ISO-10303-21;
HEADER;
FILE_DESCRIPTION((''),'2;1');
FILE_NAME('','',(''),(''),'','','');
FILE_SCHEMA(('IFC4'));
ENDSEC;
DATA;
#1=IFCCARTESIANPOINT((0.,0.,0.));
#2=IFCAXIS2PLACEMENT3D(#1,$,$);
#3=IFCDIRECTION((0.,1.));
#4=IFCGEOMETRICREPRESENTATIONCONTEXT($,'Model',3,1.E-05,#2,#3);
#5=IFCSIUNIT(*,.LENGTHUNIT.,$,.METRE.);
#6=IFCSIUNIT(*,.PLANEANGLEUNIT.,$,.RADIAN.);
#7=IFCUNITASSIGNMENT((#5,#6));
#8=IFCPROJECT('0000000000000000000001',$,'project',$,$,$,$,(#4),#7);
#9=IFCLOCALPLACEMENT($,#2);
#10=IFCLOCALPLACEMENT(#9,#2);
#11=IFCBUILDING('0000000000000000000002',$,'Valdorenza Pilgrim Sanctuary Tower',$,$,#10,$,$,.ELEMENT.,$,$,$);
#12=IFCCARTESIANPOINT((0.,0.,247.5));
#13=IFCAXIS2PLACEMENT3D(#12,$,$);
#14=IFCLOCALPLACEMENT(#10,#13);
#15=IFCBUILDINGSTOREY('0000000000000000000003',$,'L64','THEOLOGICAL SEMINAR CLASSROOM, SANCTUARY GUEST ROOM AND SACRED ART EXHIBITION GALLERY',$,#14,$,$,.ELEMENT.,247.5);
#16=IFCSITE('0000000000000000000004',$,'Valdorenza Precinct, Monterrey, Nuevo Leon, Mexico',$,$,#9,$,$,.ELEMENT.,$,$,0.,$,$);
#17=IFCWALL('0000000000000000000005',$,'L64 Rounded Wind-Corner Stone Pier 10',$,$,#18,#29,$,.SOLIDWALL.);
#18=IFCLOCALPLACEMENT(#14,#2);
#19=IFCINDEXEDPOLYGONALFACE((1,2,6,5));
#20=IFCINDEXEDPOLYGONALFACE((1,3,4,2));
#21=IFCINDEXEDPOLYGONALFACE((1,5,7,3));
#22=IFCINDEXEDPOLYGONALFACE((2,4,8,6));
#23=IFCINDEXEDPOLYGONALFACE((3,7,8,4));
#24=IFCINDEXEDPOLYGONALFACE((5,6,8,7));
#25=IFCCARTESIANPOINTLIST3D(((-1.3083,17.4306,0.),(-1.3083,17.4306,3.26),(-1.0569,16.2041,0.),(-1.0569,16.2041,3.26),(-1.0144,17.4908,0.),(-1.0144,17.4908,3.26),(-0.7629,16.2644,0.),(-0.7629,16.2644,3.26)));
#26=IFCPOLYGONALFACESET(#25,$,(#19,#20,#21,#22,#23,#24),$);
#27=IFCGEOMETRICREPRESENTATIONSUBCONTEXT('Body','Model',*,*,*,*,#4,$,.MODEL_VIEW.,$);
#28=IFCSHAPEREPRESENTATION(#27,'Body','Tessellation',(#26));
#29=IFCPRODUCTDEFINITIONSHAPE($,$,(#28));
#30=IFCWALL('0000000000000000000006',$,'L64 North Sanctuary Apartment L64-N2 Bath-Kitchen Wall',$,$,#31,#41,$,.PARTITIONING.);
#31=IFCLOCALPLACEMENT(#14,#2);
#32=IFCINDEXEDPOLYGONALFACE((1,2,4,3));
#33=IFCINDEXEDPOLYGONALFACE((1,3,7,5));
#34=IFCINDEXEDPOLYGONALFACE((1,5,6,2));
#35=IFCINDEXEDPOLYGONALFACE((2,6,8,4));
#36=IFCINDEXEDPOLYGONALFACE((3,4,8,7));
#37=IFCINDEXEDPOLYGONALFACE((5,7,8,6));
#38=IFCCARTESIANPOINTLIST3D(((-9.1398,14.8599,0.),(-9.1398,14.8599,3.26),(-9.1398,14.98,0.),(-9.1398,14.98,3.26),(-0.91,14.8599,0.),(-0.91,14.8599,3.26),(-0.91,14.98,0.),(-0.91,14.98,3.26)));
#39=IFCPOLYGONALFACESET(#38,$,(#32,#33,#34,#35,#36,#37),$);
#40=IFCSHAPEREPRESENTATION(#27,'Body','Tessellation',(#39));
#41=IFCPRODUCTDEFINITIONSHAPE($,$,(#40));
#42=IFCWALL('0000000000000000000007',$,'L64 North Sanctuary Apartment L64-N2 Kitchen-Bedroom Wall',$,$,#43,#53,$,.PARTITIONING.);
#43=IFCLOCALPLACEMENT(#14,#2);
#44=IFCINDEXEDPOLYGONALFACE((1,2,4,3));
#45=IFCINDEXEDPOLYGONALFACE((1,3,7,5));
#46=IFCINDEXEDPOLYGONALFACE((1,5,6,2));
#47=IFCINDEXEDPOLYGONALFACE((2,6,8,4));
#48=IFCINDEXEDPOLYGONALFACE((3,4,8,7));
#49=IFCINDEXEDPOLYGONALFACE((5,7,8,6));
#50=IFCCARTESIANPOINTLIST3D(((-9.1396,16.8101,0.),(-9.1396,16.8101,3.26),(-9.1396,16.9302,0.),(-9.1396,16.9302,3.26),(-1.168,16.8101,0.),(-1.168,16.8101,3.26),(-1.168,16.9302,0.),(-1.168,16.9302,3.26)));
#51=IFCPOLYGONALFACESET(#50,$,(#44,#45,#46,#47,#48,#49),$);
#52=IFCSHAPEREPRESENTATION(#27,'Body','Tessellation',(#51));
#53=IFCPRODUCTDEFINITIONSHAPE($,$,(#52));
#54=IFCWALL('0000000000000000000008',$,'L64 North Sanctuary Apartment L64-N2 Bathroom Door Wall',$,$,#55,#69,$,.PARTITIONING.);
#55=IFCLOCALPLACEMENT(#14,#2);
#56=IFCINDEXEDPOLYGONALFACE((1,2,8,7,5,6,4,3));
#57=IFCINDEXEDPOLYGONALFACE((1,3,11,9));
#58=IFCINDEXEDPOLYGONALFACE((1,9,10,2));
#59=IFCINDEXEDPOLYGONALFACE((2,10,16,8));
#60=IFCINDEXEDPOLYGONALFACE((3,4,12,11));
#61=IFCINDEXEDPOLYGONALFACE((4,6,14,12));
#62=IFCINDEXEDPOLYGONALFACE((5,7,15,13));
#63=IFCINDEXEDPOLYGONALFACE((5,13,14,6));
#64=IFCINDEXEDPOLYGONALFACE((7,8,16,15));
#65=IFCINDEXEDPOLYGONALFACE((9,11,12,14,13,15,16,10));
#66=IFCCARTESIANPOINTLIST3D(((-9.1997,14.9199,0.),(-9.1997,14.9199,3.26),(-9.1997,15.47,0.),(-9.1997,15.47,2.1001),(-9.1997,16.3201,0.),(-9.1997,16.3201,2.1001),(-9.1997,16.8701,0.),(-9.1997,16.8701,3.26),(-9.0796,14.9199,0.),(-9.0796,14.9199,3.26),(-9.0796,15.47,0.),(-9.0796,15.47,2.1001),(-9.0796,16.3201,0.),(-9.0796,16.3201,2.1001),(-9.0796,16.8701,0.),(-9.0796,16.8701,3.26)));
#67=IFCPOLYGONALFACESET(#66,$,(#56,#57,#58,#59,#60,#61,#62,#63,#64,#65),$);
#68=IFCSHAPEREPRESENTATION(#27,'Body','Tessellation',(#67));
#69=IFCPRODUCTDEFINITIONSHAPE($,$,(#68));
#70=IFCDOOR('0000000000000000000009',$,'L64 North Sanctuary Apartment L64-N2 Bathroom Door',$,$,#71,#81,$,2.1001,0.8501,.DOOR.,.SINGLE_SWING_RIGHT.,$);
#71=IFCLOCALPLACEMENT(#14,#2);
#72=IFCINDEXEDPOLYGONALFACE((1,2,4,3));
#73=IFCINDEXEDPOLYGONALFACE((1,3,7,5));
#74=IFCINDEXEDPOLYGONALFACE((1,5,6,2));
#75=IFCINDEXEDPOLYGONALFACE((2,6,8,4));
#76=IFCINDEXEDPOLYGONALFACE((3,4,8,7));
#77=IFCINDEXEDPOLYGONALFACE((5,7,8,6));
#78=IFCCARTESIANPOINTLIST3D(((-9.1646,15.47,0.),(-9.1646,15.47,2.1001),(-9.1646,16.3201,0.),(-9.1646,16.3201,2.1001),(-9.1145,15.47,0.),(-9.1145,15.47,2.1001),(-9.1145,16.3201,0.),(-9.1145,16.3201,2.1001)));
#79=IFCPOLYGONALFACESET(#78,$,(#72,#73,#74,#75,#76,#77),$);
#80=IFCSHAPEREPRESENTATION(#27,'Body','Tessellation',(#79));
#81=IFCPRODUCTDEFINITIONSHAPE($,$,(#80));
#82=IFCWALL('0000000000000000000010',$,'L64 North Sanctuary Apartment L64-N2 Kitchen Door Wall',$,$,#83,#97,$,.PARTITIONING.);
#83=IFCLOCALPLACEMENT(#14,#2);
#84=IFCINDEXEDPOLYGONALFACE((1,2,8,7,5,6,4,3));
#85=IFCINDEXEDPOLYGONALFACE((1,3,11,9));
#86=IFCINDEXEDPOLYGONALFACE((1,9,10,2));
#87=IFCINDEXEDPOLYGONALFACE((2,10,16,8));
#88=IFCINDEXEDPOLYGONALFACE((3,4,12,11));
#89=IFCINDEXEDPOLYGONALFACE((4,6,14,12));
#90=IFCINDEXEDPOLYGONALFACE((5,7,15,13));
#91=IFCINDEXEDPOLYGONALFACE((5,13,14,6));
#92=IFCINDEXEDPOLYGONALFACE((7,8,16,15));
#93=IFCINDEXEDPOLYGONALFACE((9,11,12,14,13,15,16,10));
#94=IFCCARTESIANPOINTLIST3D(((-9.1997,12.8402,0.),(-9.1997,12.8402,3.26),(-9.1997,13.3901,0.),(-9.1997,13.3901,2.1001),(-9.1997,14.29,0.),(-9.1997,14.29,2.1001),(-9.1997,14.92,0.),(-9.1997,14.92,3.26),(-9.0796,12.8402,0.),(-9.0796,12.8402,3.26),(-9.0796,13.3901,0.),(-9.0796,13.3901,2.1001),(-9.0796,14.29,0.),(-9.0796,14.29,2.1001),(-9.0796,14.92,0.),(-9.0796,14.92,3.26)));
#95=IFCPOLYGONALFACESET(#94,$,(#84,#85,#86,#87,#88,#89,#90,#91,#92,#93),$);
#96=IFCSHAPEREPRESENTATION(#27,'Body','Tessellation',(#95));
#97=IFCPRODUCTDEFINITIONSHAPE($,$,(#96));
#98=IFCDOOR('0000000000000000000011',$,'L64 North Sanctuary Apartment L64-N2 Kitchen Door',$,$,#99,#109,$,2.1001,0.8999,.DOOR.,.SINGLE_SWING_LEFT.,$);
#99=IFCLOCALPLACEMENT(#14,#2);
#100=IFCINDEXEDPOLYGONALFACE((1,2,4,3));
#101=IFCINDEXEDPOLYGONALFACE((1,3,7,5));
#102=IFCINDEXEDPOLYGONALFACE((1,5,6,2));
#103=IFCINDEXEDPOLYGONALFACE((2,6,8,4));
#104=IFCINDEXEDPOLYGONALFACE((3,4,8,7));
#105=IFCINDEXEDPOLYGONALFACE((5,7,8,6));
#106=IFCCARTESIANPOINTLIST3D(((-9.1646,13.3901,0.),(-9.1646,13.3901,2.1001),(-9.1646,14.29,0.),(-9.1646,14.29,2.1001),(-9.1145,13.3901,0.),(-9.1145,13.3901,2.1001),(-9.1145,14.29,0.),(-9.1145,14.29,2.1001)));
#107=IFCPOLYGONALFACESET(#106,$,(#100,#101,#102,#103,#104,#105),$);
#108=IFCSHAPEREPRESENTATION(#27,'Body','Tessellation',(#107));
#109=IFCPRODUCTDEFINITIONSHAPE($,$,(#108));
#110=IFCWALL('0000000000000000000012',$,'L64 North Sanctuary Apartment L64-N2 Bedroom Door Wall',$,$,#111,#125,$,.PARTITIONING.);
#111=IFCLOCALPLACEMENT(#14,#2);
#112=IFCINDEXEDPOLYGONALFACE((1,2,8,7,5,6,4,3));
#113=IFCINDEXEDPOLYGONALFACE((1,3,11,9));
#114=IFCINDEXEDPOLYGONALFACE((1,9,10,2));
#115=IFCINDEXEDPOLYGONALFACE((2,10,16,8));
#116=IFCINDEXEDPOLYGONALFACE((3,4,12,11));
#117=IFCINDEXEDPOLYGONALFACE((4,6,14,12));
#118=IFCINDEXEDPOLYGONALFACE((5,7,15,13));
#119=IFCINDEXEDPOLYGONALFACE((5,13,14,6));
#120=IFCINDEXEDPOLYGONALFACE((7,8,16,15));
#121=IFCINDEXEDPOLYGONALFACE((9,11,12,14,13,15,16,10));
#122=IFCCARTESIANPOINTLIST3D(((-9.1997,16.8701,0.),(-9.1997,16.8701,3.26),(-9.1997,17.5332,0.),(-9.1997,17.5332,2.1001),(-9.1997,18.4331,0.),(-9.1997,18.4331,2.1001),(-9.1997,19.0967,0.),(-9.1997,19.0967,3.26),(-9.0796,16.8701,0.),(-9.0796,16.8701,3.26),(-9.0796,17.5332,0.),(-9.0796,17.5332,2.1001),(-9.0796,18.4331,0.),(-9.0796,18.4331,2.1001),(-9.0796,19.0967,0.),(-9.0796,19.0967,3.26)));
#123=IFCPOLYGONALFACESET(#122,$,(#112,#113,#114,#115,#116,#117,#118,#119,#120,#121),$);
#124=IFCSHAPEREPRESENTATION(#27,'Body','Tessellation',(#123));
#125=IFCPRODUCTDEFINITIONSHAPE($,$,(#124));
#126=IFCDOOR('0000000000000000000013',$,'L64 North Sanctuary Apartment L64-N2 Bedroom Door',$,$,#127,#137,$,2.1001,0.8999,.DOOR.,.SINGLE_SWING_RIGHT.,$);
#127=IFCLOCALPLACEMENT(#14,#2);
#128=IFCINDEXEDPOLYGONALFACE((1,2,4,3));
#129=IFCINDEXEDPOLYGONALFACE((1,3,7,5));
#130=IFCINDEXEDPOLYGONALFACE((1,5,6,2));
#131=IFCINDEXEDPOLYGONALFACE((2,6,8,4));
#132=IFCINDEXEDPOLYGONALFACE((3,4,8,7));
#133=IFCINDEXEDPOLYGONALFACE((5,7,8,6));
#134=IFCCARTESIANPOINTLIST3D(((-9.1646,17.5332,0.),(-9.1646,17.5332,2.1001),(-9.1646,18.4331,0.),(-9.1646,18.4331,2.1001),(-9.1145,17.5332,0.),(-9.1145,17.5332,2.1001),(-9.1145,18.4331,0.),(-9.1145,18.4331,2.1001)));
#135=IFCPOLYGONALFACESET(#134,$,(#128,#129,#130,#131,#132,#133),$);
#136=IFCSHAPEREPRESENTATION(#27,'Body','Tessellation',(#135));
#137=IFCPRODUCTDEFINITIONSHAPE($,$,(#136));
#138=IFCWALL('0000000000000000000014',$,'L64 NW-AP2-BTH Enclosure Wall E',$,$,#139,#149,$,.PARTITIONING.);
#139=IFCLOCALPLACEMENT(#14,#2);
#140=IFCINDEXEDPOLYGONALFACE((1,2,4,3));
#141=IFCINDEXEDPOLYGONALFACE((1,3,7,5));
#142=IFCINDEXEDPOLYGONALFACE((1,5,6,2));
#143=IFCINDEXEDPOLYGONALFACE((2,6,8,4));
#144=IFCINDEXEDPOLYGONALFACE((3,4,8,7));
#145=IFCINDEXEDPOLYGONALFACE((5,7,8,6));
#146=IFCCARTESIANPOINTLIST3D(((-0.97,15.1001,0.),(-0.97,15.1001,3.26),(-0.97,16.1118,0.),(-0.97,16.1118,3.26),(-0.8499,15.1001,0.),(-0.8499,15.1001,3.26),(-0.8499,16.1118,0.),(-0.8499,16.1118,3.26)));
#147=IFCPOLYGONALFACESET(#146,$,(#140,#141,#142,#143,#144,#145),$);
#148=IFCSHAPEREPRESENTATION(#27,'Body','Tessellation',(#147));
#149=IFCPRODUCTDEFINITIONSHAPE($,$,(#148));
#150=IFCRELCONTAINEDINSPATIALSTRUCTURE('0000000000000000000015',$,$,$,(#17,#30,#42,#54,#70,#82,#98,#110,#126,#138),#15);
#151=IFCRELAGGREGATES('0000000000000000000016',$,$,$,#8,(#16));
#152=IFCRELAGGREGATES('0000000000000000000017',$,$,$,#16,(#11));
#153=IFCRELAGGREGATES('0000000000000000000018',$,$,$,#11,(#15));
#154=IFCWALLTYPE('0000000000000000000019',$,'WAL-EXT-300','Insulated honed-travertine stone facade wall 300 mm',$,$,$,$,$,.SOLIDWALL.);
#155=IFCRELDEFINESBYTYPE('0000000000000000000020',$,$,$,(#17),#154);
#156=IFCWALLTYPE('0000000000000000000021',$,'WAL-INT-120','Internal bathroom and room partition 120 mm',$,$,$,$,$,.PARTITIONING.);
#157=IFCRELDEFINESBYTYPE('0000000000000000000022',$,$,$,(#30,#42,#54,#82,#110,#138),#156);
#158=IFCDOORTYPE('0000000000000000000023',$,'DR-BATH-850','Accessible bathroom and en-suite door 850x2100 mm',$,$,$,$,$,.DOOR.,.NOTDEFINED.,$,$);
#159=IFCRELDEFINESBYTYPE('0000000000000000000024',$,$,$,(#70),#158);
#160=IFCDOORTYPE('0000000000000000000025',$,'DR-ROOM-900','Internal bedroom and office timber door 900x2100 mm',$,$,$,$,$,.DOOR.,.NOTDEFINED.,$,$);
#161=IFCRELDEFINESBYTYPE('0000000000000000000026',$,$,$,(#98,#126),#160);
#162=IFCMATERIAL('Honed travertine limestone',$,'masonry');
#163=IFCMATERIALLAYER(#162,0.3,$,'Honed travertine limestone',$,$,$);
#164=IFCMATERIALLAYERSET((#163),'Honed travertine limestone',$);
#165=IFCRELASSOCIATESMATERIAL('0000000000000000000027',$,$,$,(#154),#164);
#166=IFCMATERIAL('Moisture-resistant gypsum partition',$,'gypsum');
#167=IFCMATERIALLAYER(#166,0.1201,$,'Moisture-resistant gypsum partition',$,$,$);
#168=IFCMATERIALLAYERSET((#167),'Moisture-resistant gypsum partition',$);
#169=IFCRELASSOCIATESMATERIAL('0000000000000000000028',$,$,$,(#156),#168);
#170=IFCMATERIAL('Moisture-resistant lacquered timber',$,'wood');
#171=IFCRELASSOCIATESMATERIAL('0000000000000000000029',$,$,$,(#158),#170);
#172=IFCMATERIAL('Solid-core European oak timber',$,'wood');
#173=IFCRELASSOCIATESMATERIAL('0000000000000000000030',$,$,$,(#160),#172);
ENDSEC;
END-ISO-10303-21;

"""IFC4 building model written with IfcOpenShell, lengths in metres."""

from ifc_helpers import new_model, si_unit, direction, frame, frame_2d, origin, place, context, subcontext, project, spatial, rectangle, extrude, material, layer, layer_set, type_object, element, fill, save


model = new_model("IFC4")

# Units and contexts
model_context = context("Model", 3, precision=1e-05, world=origin(), true_north=direction((0.0, 1.0)))
body_context = subcontext(model_context, "Body", "Model", "MODEL_VIEW")
ifc_project = project(units=[si_unit("LENGTHUNIT", "METRE"), si_unit("PLANEANGLEUNIT", "RADIAN")], contexts=[model_context])

# Site, building, storey
site_placement = place(None, origin())
site = spatial("IfcSite", under=ifc_project, at=site_placement, Name="Valdorenza Precinct, Monterrey, Nuevo Leon, Mexico", CompositionType="ELEMENT", RefElevation=0.0)
building_placement = place(site_placement, origin())
building = spatial("IfcBuilding", under=site, at=building_placement, Name="Valdorenza Pilgrim Sanctuary Tower", CompositionType="ELEMENT")
storey_placement = place(building_placement, frame((0.0, 0.0, 247.5)))
storey = spatial("IfcBuildingStorey", under=building, at=storey_placement, Name="L64", Description="THEOLOGICAL SEMINAR CLASSROOM, SANCTUARY GUEST ROOM AND SACRED ART EXHIBITION GALLERY", CompositionType="ELEMENT", Elevation=247.5)

# Shared definitions
ifc_material_1 = material(Name="Honed travertine limestone", Category="masonry")

# Walls
ifc_layer_1 = layer(ifc_material_1, 0.3, Name="Honed travertine limestone")
ifc_layer_set_1 = layer_set([ifc_layer_1], Name="Honed travertine limestone")
wall_type_1 = type_object("IfcWallType", Name="WAL-EXT-300", Description="Insulated honed-travertine stone facade wall 300 mm", PredefinedType="SOLIDWALL", material=ifc_layer_set_1)
wall_1_placement = place(storey_placement, frame((-1.1614, 17.4607, 0.0), z_axis=(0.0, 0.0, 1.0), x_axis=(0.200877, -0.979616, 0.0)))
element("IfcWall", 1, at=wall_1_placement, inside=storey, type_object=wall_type_1, Name="L64 Rounded Wind-Corner Stone Pier 10", PredefinedType="SOLIDWALL", context=body_context, shape_type="SweptSolid", body=[
    extrude(rectangle(XDim=1.252, YDim=0.3, at=frame_2d((0.626, 0.0))), origin(), (0.0, 0.0, 1.0), 3.26),
])
ifc_material_2 = material(Name="Moisture-resistant gypsum partition", Category="gypsum")
ifc_layer_2 = layer(ifc_material_2, 0.1201, Name="Moisture-resistant gypsum partition")
ifc_layer_set_2 = layer_set([ifc_layer_2], Name="Moisture-resistant gypsum partition")
wall_type_2 = type_object("IfcWallType", Name="WAL-INT-120", Description="Internal bathroom and room partition 120 mm", PredefinedType="PARTITIONING", material=ifc_layer_set_2)
wall_2_placement = place(storey_placement, frame((-9.1396, 14.9199, 0.0), z_axis=(0.0, 0.0, 1.0), x_axis=(1.0, 0.0, 0.0)))
element("IfcWall", 2, at=wall_2_placement, inside=storey, type_object=wall_type_2, Name="L64 North Sanctuary Apartment L64-N2 Bath-Kitchen Wall", PredefinedType="PARTITIONING", context=body_context, shape_type="SweptSolid", body=[
    extrude(rectangle(XDim=8.2297, YDim=0.1201, at=frame_2d((4.1147, 0.0))), origin(), (0.0, 0.0, 1.0), 3.26),
])
wall_3_placement = place(storey_placement, frame((-9.1396, 16.8701, 0.0), z_axis=(0.0, 0.0, 1.0), x_axis=(1.0, 0.0, 0.0)))
element("IfcWall", 3, at=wall_3_placement, inside=storey, type_object=wall_type_2, Name="L64 North Sanctuary Apartment L64-N2 Kitchen-Bedroom Wall", PredefinedType="PARTITIONING", context=body_context, shape_type="SweptSolid", body=[
    extrude(rectangle(XDim=7.9717, YDim=0.1201, at=frame_2d((3.9858, 0.0))), origin(), (0.0, 0.0, 1.0), 3.26),
])

# Walls, openings, doors
wall_4_placement = place(storey_placement, frame((-9.1396, 14.9199, 0.0), z_axis=(0.0, 0.0, 1.0), x_axis=(0.0, 1.0, 0.0)))
wall_4 = element("IfcWall", 4, at=wall_4_placement, inside=storey, type_object=wall_type_2, Name="L64 North Sanctuary Apartment L64-N2 Bathroom Door Wall", PredefinedType="PARTITIONING", context=body_context, shape_type="SweptSolid", body=[
    extrude(rectangle(XDim=1.9502, YDim=0.1201, at=frame_2d((0.9751, 0.0))), origin(), (0.0, 0.0, 1.0), 3.26),
])
opening_1_placement = place(wall_4_placement, frame((0.55, 0.0, 0.0)))
opening_1 = element("IfcOpeningElement", 5, at=opening_1_placement, cuts=wall_4, PredefinedType="OPENING", context=body_context, shape_type="SweptSolid", body=[
    extrude(rectangle(XDim=0.8501, YDim=2.1001, at=frame_2d((0.425, 1.05))), frame((0.0, 0.075, 0.0), z_axis=(0.0, -1.0, 0.0), x_axis=(1.0, 0.0, 0.0)), (0.0, 0.0, 1.0), 0.1499),
])
ifc_material_3 = material(Name="Moisture-resistant lacquered timber", Category="wood")
door_type_1 = type_object("IfcDoorType", Name="DR-BATH-850", Description="Accessible bathroom and en-suite door 850x2100 mm", OperationType="NOTDEFINED", PredefinedType="DOOR", material=ifc_material_3)
door_1_placement = place(opening_1_placement, origin())
door_1 = element("IfcDoor", 6, at=door_1_placement, inside=storey, type_object=door_type_1, Name="L64 North Sanctuary Apartment L64-N2 Bathroom Door", OperationType="SINGLE_SWING_RIGHT", OverallHeight=2.1001, OverallWidth=0.8501, PredefinedType="DOOR", context=body_context, shape_type="SweptSolid", body=[
    extrude(rectangle(XDim=0.8501, YDim=2.1001, at=frame_2d((0.425, 1.05))), frame((0.0, 0.0249, 0.0), z_axis=(0.0, -1.0, 0.0), x_axis=(1.0, 0.0, 0.0)), (0.0, 0.0, 1.0), 0.05),
])
fill(opening_1, door_1)
wall_5_placement = place(storey_placement, frame((-9.1396, 12.8401, 0.0), z_axis=(0.0, 0.0, 1.0), x_axis=(0.0, 1.0, 0.0)))
wall_5 = element("IfcWall", 7, at=wall_5_placement, inside=storey, type_object=wall_type_2, Name="L64 North Sanctuary Apartment L64-N2 Kitchen Door Wall", PredefinedType="PARTITIONING", context=body_context, shape_type="SweptSolid", body=[
    extrude(rectangle(XDim=2.0798, YDim=0.1201, at=frame_2d((1.04, 0.0))), origin(), (0.0, 0.0, 1.0), 3.26),
])
opening_2_placement = place(wall_5_placement, frame((0.55, 0.0, 0.0)))
opening_2 = element("IfcOpeningElement", 8, at=opening_2_placement, cuts=wall_5, PredefinedType="OPENING", context=body_context, shape_type="SweptSolid", body=[
    extrude(rectangle(XDim=0.8999, YDim=2.1001, at=frame_2d((0.45, 1.05))), frame((0.0, 0.075, 0.0), z_axis=(0.0, -1.0, 0.0), x_axis=(1.0, 0.0, 0.0)), (0.0, 0.0, 1.0), 0.1499),
])
ifc_material_4 = material(Name="Solid-core European oak timber", Category="wood")
door_type_2 = type_object("IfcDoorType", Name="DR-ROOM-900", Description="Internal bedroom and office timber door 900x2100 mm", OperationType="NOTDEFINED", PredefinedType="DOOR", material=ifc_material_4)
door_2_placement = place(opening_2_placement, origin())
door_2 = element("IfcDoor", 9, at=door_2_placement, inside=storey, type_object=door_type_2, Name="L64 North Sanctuary Apartment L64-N2 Kitchen Door", OperationType="SINGLE_SWING_LEFT", OverallHeight=2.1001, OverallWidth=0.8999, PredefinedType="DOOR", context=body_context, shape_type="SweptSolid", body=[
    extrude(rectangle(XDim=0.8999, YDim=2.1001, at=frame_2d((0.45, 1.05))), frame((0.0, 0.0249, 0.0), z_axis=(0.0, -1.0, 0.0), x_axis=(1.0, 0.0, 0.0)), (0.0, 0.0, 1.0), 0.05),
])
fill(opening_2, door_2)
wall_6_placement = place(storey_placement, frame((-9.1396, 16.8701, 0.0), z_axis=(0.0, 0.0, 1.0), x_axis=(0.0, 1.0, 0.0)))
wall_6 = element("IfcWall", 10, at=wall_6_placement, inside=storey, type_object=wall_type_2, Name="L64 North Sanctuary Apartment L64-N2 Bedroom Door Wall", PredefinedType="PARTITIONING", context=body_context, shape_type="SweptSolid", body=[
    extrude(rectangle(XDim=2.2266, YDim=0.1201, at=frame_2d((1.1133, 0.0))), origin(), (0.0, 0.0, 1.0), 3.26),
])
opening_3_placement = place(wall_6_placement, frame((0.6631, 0.0, 0.0)))
opening_3 = element("IfcOpeningElement", 11, at=opening_3_placement, cuts=wall_6, PredefinedType="OPENING", context=body_context, shape_type="SweptSolid", body=[
    extrude(rectangle(XDim=0.8999, YDim=2.1001, at=frame_2d((0.45, 1.05))), frame((0.0, 0.075, 0.0), z_axis=(0.0, -1.0, 0.0), x_axis=(1.0, 0.0, 0.0)), (0.0, 0.0, 1.0), 0.1499),
])
door_3_placement = place(opening_3_placement, origin())
door_3 = element("IfcDoor", 12, at=door_3_placement, inside=storey, type_object=door_type_2, Name="L64 North Sanctuary Apartment L64-N2 Bedroom Door", OperationType="SINGLE_SWING_RIGHT", OverallHeight=2.1001, OverallWidth=0.8999, PredefinedType="DOOR", context=body_context, shape_type="SweptSolid", body=[
    extrude(rectangle(XDim=0.8999, YDim=2.1001, at=frame_2d((0.45, 1.05))), frame((0.0, 0.0249, 0.0), z_axis=(0.0, -1.0, 0.0), x_axis=(1.0, 0.0, 0.0)), (0.0, 0.0, 1.0), 0.05),
])
fill(opening_3, door_3)

# Wall
wall_7_placement = place(storey_placement, frame((-0.9099, 15.1001, 0.0), z_axis=(0.0, 0.0, 1.0), x_axis=(0.0, 1.0, 0.0)))
element("IfcWall", 13, at=wall_7_placement, inside=storey, type_object=wall_type_2, Name="L64 NW-AP2-BTH Enclosure Wall E", PredefinedType="PARTITIONING", context=body_context, shape_type="SweptSolid", body=[
    extrude(rectangle(XDim=1.0117, YDim=0.1201, at=frame_2d((0.5059, 0.0))), origin(), (0.0, 0.0, 1.0), 3.26),
])

save(model, "model.ifc")
